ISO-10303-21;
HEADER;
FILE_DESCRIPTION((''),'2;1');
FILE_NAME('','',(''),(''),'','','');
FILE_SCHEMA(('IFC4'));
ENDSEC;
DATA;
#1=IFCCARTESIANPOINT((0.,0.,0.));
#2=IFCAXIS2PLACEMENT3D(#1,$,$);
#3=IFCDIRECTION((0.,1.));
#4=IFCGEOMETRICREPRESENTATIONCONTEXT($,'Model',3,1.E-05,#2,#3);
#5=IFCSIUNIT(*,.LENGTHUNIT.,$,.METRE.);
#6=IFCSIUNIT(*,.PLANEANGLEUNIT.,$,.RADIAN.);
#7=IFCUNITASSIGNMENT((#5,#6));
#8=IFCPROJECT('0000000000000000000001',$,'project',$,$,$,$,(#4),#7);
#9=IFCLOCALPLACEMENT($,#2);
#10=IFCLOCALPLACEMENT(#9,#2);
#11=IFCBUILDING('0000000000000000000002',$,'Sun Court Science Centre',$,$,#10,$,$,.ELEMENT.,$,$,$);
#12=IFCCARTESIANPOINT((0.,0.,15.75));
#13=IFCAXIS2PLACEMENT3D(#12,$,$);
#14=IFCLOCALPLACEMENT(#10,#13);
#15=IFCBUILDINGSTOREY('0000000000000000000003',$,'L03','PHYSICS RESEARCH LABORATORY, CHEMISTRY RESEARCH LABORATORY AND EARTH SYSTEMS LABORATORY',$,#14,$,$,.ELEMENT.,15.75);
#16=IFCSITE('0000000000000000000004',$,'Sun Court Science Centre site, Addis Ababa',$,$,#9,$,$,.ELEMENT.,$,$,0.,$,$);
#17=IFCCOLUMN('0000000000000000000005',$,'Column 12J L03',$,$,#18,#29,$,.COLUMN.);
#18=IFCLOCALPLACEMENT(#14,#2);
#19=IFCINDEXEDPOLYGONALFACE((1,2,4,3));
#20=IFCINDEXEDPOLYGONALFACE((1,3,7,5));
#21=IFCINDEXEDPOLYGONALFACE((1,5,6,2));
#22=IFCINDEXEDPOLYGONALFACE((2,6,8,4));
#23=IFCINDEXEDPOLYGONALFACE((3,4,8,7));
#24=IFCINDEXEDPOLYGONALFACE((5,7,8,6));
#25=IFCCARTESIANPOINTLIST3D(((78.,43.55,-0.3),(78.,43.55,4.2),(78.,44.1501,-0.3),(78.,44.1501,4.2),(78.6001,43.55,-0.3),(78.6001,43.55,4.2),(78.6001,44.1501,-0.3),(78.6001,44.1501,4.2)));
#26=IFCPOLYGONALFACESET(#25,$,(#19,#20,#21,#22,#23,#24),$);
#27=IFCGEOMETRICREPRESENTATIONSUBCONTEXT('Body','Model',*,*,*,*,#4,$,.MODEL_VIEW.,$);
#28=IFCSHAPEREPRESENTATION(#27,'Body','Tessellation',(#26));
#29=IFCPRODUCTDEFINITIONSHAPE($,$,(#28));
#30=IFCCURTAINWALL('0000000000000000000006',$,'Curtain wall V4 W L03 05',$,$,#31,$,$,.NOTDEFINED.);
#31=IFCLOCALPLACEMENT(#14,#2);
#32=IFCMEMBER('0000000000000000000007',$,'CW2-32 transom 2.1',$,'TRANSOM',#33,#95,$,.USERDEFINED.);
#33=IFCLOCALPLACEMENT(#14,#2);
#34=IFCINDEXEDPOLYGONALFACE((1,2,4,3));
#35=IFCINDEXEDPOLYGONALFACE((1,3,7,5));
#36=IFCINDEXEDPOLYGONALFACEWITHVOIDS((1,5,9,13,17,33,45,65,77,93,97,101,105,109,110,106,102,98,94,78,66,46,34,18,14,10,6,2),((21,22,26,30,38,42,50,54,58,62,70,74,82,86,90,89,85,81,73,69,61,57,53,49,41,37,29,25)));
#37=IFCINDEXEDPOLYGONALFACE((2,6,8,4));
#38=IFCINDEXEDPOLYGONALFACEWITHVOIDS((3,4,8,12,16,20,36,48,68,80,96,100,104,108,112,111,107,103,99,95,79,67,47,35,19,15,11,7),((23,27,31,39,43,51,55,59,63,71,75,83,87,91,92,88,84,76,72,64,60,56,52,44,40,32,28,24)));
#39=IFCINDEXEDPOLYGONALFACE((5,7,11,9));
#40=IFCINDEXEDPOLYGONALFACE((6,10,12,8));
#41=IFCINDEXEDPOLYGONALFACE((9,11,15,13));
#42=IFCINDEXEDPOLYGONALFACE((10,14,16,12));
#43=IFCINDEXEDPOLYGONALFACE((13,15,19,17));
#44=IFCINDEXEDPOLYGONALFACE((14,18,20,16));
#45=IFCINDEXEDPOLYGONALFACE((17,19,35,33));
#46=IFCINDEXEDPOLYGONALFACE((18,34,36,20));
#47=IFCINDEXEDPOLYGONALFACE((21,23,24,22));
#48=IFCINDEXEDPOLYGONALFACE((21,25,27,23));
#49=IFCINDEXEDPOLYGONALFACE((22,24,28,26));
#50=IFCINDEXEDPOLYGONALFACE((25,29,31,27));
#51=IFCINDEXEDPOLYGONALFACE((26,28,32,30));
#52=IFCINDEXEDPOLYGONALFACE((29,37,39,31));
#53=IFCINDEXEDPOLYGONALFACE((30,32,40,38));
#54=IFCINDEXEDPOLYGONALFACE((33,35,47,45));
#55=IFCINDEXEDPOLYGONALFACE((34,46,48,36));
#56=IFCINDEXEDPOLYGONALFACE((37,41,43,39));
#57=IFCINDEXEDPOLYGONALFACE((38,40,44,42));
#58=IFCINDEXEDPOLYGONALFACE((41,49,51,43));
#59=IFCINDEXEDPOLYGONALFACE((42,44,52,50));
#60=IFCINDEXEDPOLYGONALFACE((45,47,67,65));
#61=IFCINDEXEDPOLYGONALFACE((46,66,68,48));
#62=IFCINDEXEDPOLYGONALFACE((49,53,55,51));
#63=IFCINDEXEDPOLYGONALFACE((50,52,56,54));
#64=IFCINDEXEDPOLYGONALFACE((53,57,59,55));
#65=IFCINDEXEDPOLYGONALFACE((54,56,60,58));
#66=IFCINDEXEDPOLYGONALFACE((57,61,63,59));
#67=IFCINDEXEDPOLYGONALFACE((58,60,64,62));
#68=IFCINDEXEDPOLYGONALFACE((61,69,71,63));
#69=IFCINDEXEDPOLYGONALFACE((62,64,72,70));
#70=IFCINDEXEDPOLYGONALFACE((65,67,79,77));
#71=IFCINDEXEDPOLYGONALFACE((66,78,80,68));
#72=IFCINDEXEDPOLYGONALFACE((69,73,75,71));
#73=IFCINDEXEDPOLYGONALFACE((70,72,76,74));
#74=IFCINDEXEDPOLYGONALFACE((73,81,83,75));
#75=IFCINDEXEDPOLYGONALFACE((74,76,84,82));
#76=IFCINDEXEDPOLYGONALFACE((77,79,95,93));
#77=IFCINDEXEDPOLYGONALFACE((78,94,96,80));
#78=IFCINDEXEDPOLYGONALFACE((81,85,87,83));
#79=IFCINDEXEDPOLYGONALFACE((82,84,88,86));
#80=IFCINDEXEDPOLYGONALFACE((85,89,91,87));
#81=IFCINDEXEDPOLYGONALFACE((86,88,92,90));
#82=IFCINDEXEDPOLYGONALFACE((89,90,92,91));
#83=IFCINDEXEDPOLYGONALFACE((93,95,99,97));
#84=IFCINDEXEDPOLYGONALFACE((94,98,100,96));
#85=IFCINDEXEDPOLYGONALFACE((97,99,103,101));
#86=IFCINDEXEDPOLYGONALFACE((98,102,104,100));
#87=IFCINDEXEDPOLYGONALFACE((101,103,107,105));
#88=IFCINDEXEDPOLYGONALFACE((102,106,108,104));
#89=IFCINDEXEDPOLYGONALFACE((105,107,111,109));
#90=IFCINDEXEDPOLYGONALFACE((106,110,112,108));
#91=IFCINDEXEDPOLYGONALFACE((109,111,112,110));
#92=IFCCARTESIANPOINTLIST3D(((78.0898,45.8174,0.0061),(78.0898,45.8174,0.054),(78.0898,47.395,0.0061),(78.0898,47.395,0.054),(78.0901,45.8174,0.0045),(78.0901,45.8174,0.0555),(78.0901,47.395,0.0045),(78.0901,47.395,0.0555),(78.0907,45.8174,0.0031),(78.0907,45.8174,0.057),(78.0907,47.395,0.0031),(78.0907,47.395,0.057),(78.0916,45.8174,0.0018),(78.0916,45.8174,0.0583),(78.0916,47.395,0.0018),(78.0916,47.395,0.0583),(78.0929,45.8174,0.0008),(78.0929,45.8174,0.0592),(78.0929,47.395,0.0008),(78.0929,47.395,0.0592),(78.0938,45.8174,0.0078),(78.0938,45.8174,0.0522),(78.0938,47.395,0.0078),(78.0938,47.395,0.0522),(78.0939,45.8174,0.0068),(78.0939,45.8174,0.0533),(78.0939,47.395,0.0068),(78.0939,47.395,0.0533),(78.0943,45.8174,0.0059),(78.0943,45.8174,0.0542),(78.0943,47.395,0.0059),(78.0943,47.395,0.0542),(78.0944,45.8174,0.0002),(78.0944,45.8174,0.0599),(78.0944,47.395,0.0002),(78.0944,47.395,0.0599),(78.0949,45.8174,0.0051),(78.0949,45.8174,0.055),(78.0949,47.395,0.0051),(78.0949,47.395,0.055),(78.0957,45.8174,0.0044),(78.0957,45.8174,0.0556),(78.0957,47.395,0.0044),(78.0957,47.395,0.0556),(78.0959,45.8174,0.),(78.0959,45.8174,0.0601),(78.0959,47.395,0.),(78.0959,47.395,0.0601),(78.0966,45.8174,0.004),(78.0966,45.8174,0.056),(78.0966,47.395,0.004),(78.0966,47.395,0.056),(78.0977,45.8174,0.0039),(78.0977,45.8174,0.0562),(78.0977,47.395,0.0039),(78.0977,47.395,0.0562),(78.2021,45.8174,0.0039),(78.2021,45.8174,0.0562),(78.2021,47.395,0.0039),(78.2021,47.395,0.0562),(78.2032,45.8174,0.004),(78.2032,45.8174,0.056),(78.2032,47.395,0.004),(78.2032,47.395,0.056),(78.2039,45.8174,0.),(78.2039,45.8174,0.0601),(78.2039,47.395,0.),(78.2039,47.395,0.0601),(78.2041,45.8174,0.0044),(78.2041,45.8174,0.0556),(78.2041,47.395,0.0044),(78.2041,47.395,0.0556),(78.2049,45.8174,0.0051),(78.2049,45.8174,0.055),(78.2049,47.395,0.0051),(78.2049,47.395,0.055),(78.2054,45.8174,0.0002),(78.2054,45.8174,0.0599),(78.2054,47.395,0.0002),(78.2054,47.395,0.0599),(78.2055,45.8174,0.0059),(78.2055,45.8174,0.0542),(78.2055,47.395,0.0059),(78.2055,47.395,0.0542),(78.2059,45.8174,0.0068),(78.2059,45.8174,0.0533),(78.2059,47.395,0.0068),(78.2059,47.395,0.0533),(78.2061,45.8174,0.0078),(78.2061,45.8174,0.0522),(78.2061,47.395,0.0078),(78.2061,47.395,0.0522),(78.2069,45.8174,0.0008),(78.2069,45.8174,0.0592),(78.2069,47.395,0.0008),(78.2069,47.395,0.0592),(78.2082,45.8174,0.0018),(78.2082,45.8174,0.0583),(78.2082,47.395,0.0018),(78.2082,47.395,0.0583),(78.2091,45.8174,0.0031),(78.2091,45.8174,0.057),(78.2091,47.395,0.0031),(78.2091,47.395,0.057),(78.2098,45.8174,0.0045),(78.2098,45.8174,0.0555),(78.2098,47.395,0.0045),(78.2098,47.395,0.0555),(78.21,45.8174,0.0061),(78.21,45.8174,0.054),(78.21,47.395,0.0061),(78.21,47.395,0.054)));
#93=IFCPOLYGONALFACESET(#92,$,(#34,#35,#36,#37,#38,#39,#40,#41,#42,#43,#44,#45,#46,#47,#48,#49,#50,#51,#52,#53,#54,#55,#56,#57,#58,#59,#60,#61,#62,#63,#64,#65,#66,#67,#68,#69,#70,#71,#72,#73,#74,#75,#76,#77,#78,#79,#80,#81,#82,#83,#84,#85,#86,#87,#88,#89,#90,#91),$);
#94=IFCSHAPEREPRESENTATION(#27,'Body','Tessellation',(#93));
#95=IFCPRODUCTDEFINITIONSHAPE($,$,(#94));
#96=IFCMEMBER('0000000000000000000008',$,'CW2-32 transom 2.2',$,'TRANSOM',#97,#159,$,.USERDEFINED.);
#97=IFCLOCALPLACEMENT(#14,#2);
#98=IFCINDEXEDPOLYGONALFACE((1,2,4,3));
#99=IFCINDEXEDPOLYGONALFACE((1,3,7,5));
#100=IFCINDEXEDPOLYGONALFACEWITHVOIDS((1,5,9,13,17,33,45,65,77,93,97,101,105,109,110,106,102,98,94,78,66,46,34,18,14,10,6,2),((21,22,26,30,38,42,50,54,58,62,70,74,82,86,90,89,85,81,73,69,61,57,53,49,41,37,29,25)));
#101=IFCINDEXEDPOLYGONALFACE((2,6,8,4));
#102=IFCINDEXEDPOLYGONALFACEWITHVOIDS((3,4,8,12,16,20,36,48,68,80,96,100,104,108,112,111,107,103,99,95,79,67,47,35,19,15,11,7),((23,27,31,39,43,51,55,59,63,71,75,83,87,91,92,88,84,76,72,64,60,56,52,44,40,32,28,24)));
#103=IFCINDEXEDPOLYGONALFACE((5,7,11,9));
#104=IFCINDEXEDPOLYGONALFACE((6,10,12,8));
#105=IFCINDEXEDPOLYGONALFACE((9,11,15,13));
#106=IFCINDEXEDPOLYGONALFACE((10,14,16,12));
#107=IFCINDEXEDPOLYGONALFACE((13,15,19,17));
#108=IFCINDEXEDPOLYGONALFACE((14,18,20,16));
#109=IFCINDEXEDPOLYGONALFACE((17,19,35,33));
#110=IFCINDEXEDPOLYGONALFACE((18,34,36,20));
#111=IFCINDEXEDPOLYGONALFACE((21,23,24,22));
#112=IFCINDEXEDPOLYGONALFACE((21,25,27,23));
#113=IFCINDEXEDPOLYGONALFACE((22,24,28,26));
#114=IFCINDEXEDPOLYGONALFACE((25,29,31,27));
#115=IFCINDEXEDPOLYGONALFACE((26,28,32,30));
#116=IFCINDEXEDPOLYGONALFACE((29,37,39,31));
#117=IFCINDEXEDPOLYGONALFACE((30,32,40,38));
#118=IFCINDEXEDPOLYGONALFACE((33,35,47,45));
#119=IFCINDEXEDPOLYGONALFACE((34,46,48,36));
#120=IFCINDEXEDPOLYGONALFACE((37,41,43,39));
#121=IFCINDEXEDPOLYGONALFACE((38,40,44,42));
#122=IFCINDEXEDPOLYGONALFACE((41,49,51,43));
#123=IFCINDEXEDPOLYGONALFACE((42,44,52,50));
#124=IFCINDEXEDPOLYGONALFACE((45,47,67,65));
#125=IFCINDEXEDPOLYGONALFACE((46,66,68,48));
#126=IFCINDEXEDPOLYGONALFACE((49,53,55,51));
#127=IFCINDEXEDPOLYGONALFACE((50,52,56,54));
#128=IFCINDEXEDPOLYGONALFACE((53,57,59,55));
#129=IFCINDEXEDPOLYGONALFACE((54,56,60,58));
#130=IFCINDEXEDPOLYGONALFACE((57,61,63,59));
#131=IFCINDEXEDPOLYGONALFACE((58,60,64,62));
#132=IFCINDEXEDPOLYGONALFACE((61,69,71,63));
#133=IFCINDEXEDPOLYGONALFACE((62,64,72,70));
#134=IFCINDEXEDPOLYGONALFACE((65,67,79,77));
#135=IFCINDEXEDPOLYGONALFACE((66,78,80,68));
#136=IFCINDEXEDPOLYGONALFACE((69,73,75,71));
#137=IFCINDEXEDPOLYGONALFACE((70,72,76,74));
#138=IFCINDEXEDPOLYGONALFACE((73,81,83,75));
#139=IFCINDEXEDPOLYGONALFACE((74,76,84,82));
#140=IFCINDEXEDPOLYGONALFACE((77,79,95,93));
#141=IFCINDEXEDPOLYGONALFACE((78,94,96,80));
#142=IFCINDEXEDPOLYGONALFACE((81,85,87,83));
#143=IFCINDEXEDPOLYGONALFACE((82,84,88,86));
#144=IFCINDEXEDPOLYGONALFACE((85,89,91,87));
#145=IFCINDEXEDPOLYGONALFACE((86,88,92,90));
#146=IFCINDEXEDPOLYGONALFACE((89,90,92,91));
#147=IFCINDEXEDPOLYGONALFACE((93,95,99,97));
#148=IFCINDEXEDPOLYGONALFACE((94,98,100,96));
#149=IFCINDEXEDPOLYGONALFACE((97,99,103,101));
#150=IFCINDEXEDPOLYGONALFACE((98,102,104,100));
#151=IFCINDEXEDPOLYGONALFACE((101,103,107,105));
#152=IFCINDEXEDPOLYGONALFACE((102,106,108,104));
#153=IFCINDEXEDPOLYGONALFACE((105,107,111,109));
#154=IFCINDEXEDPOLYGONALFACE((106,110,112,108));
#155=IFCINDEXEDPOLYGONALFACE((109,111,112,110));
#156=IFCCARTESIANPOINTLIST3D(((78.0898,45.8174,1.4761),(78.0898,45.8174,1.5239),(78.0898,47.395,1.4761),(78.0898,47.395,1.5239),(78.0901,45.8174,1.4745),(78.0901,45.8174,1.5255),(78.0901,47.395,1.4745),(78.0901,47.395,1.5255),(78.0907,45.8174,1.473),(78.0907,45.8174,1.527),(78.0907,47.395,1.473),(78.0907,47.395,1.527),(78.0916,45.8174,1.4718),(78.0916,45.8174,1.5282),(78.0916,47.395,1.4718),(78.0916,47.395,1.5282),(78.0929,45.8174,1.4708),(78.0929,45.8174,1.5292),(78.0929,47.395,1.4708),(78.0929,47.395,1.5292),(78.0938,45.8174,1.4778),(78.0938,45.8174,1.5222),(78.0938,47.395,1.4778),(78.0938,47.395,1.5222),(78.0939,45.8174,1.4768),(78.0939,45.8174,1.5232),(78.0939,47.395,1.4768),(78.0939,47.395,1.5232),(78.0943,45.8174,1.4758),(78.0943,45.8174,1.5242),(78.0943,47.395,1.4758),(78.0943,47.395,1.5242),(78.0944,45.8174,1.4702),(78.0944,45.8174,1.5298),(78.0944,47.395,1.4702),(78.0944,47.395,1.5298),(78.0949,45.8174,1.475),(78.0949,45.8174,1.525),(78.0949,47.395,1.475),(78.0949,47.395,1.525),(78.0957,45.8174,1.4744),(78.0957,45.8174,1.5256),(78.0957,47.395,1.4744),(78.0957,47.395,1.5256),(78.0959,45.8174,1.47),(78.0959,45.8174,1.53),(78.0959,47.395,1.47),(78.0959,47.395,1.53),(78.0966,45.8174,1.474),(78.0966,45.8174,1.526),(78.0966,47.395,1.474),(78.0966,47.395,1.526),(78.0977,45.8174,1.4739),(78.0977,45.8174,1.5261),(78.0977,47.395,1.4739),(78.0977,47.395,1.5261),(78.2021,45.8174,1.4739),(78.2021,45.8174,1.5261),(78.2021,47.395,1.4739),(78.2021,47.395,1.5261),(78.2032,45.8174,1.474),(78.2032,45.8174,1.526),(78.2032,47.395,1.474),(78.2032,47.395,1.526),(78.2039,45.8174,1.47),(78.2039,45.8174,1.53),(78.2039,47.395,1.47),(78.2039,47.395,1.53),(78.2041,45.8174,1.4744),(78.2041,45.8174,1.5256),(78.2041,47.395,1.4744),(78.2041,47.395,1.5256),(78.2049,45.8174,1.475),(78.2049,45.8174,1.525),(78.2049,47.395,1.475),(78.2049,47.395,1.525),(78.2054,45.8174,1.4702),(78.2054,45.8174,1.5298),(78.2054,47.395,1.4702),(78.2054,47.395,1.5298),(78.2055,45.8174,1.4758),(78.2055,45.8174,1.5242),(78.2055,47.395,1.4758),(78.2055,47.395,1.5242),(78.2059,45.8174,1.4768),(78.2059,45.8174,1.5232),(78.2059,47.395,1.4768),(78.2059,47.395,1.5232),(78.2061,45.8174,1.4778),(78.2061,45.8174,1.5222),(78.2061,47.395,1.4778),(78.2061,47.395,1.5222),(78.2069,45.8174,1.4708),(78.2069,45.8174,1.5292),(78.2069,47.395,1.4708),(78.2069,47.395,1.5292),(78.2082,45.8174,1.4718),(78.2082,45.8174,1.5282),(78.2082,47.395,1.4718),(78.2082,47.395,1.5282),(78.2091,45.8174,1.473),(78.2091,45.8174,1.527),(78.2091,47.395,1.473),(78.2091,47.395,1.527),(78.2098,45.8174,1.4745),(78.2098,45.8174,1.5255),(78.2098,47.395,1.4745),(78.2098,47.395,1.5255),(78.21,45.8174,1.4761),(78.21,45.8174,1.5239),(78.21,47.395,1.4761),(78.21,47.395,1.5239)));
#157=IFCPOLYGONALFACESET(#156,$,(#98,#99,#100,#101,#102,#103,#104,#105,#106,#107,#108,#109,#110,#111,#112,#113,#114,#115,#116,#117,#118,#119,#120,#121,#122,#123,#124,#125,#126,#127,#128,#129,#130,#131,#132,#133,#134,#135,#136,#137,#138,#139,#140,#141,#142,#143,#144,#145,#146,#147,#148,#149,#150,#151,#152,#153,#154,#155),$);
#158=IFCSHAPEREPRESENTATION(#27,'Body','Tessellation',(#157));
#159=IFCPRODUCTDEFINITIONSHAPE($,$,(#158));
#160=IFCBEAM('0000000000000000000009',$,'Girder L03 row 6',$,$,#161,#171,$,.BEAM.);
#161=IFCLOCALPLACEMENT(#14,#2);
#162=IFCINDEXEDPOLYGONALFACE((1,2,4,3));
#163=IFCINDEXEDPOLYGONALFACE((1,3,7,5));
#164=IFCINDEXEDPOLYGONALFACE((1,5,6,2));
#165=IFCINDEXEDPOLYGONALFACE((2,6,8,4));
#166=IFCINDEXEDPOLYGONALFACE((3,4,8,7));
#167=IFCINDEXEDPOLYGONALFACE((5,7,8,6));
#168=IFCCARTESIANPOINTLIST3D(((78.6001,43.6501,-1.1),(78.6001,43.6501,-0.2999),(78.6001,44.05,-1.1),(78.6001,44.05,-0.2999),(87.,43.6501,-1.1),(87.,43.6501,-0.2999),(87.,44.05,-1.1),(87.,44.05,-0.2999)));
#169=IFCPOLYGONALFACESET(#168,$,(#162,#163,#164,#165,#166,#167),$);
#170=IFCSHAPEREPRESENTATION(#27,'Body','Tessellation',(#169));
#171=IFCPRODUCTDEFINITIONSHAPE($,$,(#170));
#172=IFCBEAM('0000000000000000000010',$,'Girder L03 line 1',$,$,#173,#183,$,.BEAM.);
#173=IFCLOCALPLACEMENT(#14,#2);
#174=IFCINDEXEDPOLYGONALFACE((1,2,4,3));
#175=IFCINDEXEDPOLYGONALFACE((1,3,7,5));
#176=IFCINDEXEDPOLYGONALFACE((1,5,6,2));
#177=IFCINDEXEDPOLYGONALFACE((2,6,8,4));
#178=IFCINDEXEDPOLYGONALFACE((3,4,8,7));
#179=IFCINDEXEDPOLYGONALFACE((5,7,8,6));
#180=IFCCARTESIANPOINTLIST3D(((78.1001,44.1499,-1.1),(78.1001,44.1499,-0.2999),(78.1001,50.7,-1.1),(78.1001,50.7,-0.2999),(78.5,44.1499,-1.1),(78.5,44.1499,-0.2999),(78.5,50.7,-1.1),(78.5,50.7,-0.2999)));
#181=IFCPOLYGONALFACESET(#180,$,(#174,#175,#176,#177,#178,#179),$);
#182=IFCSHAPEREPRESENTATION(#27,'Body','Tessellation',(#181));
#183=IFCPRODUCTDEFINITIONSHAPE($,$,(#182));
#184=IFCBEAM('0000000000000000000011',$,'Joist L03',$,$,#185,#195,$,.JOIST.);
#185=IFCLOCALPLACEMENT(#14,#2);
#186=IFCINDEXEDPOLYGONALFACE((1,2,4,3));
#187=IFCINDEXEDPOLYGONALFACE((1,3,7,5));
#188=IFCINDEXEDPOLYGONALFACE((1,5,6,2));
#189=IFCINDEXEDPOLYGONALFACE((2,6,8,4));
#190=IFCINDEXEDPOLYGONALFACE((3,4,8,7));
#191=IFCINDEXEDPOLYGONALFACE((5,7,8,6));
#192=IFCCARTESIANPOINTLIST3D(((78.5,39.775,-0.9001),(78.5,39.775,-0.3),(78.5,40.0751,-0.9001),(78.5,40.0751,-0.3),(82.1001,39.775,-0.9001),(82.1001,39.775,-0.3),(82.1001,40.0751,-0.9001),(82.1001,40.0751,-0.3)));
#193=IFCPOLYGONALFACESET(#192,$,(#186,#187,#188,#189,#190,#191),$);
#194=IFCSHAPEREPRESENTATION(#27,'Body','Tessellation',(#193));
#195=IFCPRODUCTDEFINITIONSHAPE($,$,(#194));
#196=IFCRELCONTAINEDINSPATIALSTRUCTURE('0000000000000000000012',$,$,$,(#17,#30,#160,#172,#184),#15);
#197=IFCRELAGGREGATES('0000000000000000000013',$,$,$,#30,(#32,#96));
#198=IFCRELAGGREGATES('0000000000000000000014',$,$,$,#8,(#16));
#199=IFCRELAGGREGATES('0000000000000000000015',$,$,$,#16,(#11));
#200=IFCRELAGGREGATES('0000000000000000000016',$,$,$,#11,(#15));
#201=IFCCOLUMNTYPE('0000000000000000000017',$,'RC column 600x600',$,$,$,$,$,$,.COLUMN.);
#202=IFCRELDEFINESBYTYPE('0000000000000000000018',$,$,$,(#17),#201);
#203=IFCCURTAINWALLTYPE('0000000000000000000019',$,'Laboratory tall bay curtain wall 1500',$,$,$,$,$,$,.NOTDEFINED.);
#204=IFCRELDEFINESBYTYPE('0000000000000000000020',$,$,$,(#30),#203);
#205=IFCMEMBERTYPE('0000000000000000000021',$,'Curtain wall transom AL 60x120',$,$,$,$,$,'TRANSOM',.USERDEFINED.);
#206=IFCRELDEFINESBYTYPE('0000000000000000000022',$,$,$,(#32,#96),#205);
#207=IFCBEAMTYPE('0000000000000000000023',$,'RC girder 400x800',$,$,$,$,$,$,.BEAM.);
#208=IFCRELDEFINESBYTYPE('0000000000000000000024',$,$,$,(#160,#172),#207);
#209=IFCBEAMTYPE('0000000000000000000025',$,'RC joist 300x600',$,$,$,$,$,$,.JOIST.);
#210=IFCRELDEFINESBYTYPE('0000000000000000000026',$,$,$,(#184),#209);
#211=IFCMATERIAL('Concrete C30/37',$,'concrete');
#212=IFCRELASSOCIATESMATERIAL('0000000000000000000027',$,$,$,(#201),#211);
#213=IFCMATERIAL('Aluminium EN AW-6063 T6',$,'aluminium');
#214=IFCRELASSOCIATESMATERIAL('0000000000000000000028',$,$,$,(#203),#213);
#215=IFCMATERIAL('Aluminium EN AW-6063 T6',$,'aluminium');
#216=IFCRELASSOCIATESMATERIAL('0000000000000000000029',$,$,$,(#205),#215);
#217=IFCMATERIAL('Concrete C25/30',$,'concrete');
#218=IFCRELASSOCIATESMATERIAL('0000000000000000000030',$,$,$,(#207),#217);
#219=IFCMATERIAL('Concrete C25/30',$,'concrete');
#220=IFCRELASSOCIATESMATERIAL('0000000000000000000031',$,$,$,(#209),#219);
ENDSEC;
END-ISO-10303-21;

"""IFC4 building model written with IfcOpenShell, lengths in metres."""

from ifc_helpers import new_model, si_unit, direction, frame, origin, origin_2d, place, context, subcontext, project, spatial, rectangle, hollow_rectangle, extrude, material, material_profile, profile_set, type_object, element, aggregate, save


model = new_model("IFC4")

# Units and contexts
model_context = context("Model", 3, precision=1e-05, world=origin(), true_north=direction((0.0, 1.0)))
body_context = subcontext(model_context, "Body", "Model", "MODEL_VIEW")
ifc_project = project(units=[si_unit("LENGTHUNIT", "METRE"), si_unit("PLANEANGLEUNIT", "RADIAN")], contexts=[model_context])

# Site, building, storey
site_placement = place(None, origin())
site = spatial("IfcSite", under=ifc_project, at=site_placement, Name="Sun Court Science Centre site, Addis Ababa", CompositionType="ELEMENT", RefElevation=0.0)
building_placement = place(site_placement, origin())
building = spatial("IfcBuilding", under=site, at=building_placement, Name="Sun Court Science Centre", CompositionType="ELEMENT")
storey_placement = place(building_placement, frame((0.0, 0.0, 15.75)))
storey = spatial("IfcBuildingStorey", under=building, at=storey_placement, Name="L03", Description="PHYSICS RESEARCH LABORATORY, CHEMISTRY RESEARCH LABORATORY AND EARTH SYSTEMS LABORATORY", CompositionType="ELEMENT", Elevation=15.75)

# Column
ifc_material_1 = material(Name="Concrete C30/37", Category="concrete")
ifc_material_profile_1 = material_profile(ifc_material_1, rectangle(XDim=0.6001, YDim=0.6001, at=origin_2d()), Name="RC 600x600")
ifc_profile_set_1 = profile_set([ifc_material_profile_1], Name="Concrete C30/37")
column_type = type_object("IfcColumnType", Name="RC column 600x600", PredefinedType="COLUMN", material=ifc_profile_set_1)
column_placement = place(storey_placement, frame((78.3, 43.8501, -0.3), z_axis=(0.0, 0.0, 1.0), x_axis=(1.0, 0.0, 0.0)))
element("IfcColumn", 1, at=column_placement, inside=storey, type_object=column_type, Name="Column 12J L03", PredefinedType="COLUMN", context=body_context, shape_type="SweptSolid", body=[
    extrude(rectangle(XDim=0.6001, YDim=0.6001, at=origin_2d()), origin(), (0.0, 0.0, 1.0), 4.5),
])

# Curtain wall, members
ifc_material_2 = material(Name="Aluminium EN AW-6063 T6", Category="aluminium")
curtain_wall_type = type_object("IfcCurtainWallType", Name="Laboratory tall bay curtain wall 1500", PredefinedType="NOTDEFINED", material=ifc_material_2)
curtain_wall_placement = place(storey_placement, origin())
curtain_wall = element("IfcCurtainWall", 2, at=curtain_wall_placement, inside=storey, type_object=curtain_wall_type, Name="Curtain wall V4 W L03 05", PredefinedType="NOTDEFINED")
ifc_material_3 = material(Name="Aluminium EN AW-6063 T6", Category="aluminium")
ifc_material_profile_2 = material_profile(ifc_material_3, hollow_rectangle(XDim=0.0601, YDim=0.1201, WallThickness=0.0039, InnerFilletRadius=0.0039, OuterFilletRadius=0.0061, at=origin_2d()), Name="AL 60x120x4")
ifc_profile_set_2 = profile_set([ifc_material_profile_2], Name="Aluminium EN AW-6063 T6")
member_type = type_object("IfcMemberType", Name="Curtain wall transom AL 60x120", ElementType="TRANSOM", PredefinedType="USERDEFINED", material=ifc_profile_set_2)
member_1_placement = place(storey_placement, frame((78.1499, 45.8174, 0.03), z_axis=(0.0, 1.0, 0.0), x_axis=(0.0, 0.0, 1.0)))
member_1 = element("IfcMember", 3, at=member_1_placement, type_object=member_type, Name="CW2-32 transom 2.1", ObjectType="TRANSOM", PredefinedType="USERDEFINED", context=body_context, shape_type="SweptSolid", body=[
    extrude(hollow_rectangle(XDim=0.0601, YDim=0.1201, WallThickness=0.0039, InnerFilletRadius=0.0039, OuterFilletRadius=0.0061, at=origin_2d()), origin(), (0.0, 0.0, 1.0), 1.5776),
])
member_2_placement = place(storey_placement, frame((78.1499, 45.8174, 1.5), z_axis=(0.0, 1.0, 0.0), x_axis=(0.0, 0.0, 1.0)))
member_2 = element("IfcMember", 4, at=member_2_placement, type_object=member_type, Name="CW2-32 transom 2.2", ObjectType="TRANSOM", PredefinedType="USERDEFINED", context=body_context, shape_type="SweptSolid", body=[
    extrude(hollow_rectangle(XDim=0.0601, YDim=0.1201, WallThickness=0.0039, InnerFilletRadius=0.0039, OuterFilletRadius=0.0061, at=origin_2d()), origin(), (0.0, 0.0, 1.0), 1.5776),
])
aggregate(curtain_wall, [member_1, member_2])

# Beams
ifc_material_4 = material(Name="Concrete C25/30", Category="concrete")
ifc_material_profile_3 = material_profile(ifc_material_4, rectangle(XDim=0.3999, YDim=0.8, at=origin_2d()), Name="RC 400x800")
ifc_profile_set_3 = profile_set([ifc_material_profile_3], Name="Concrete C25/30")
beam_type_1 = type_object("IfcBeamType", Name="RC girder 400x800", PredefinedType="BEAM", material=ifc_profile_set_3)
beam_1_placement = place(storey_placement, frame((78.6001, 43.8501, -0.7), z_axis=(1.0, 0.0, 0.0), x_axis=(0.0, 1.0, 0.0)))
element("IfcBeam", 5, at=beam_1_placement, inside=storey, type_object=beam_type_1, Name="Girder L03 row 6", PredefinedType="BEAM", context=body_context, shape_type="SweptSolid", body=[
    extrude(rectangle(XDim=0.3999, YDim=0.8, at=origin_2d()), origin(), (0.0, 0.0, 1.0), 8.3999),
])
beam_2_placement = place(storey_placement, frame((78.3, 44.1499, -0.7), z_axis=(0.0, 1.0, 0.0), x_axis=(-1.0, 0.0, 0.0)))
element("IfcBeam", 6, at=beam_2_placement, inside=storey, type_object=beam_type_1, Name="Girder L03 line 1", PredefinedType="BEAM", context=body_context, shape_type="SweptSolid", body=[
    extrude(rectangle(XDim=0.3999, YDim=0.8, at=origin_2d()), origin(), (0.0, 0.0, 1.0), 6.55),
])
ifc_material_5 = material(Name="Concrete C25/30", Category="concrete")
ifc_material_profile_4 = material_profile(ifc_material_5, rectangle(XDim=0.3, YDim=0.6001, at=origin_2d()), Name="RC 300x600")
ifc_profile_set_4 = profile_set([ifc_material_profile_4], Name="Concrete C25/30")
beam_type_2 = type_object("IfcBeamType", Name="RC joist 300x600", PredefinedType="JOIST", material=ifc_profile_set_4)
beam_3_placement = place(storey_placement, frame((78.5, 39.925, -0.6001), z_axis=(1.0, 0.0, 0.0), x_axis=(0.0, 1.0, 0.0)))
element("IfcBeam", 7, at=beam_3_placement, inside=storey, type_object=beam_type_2, Name="Joist L03", PredefinedType="JOIST", context=body_context, shape_type="SweptSolid", body=[
    extrude(rectangle(XDim=0.3, YDim=0.6001, at=origin_2d()), origin(), (0.0, 0.0, 1.0), 3.6001),
])

save(model, "model.ifc")
